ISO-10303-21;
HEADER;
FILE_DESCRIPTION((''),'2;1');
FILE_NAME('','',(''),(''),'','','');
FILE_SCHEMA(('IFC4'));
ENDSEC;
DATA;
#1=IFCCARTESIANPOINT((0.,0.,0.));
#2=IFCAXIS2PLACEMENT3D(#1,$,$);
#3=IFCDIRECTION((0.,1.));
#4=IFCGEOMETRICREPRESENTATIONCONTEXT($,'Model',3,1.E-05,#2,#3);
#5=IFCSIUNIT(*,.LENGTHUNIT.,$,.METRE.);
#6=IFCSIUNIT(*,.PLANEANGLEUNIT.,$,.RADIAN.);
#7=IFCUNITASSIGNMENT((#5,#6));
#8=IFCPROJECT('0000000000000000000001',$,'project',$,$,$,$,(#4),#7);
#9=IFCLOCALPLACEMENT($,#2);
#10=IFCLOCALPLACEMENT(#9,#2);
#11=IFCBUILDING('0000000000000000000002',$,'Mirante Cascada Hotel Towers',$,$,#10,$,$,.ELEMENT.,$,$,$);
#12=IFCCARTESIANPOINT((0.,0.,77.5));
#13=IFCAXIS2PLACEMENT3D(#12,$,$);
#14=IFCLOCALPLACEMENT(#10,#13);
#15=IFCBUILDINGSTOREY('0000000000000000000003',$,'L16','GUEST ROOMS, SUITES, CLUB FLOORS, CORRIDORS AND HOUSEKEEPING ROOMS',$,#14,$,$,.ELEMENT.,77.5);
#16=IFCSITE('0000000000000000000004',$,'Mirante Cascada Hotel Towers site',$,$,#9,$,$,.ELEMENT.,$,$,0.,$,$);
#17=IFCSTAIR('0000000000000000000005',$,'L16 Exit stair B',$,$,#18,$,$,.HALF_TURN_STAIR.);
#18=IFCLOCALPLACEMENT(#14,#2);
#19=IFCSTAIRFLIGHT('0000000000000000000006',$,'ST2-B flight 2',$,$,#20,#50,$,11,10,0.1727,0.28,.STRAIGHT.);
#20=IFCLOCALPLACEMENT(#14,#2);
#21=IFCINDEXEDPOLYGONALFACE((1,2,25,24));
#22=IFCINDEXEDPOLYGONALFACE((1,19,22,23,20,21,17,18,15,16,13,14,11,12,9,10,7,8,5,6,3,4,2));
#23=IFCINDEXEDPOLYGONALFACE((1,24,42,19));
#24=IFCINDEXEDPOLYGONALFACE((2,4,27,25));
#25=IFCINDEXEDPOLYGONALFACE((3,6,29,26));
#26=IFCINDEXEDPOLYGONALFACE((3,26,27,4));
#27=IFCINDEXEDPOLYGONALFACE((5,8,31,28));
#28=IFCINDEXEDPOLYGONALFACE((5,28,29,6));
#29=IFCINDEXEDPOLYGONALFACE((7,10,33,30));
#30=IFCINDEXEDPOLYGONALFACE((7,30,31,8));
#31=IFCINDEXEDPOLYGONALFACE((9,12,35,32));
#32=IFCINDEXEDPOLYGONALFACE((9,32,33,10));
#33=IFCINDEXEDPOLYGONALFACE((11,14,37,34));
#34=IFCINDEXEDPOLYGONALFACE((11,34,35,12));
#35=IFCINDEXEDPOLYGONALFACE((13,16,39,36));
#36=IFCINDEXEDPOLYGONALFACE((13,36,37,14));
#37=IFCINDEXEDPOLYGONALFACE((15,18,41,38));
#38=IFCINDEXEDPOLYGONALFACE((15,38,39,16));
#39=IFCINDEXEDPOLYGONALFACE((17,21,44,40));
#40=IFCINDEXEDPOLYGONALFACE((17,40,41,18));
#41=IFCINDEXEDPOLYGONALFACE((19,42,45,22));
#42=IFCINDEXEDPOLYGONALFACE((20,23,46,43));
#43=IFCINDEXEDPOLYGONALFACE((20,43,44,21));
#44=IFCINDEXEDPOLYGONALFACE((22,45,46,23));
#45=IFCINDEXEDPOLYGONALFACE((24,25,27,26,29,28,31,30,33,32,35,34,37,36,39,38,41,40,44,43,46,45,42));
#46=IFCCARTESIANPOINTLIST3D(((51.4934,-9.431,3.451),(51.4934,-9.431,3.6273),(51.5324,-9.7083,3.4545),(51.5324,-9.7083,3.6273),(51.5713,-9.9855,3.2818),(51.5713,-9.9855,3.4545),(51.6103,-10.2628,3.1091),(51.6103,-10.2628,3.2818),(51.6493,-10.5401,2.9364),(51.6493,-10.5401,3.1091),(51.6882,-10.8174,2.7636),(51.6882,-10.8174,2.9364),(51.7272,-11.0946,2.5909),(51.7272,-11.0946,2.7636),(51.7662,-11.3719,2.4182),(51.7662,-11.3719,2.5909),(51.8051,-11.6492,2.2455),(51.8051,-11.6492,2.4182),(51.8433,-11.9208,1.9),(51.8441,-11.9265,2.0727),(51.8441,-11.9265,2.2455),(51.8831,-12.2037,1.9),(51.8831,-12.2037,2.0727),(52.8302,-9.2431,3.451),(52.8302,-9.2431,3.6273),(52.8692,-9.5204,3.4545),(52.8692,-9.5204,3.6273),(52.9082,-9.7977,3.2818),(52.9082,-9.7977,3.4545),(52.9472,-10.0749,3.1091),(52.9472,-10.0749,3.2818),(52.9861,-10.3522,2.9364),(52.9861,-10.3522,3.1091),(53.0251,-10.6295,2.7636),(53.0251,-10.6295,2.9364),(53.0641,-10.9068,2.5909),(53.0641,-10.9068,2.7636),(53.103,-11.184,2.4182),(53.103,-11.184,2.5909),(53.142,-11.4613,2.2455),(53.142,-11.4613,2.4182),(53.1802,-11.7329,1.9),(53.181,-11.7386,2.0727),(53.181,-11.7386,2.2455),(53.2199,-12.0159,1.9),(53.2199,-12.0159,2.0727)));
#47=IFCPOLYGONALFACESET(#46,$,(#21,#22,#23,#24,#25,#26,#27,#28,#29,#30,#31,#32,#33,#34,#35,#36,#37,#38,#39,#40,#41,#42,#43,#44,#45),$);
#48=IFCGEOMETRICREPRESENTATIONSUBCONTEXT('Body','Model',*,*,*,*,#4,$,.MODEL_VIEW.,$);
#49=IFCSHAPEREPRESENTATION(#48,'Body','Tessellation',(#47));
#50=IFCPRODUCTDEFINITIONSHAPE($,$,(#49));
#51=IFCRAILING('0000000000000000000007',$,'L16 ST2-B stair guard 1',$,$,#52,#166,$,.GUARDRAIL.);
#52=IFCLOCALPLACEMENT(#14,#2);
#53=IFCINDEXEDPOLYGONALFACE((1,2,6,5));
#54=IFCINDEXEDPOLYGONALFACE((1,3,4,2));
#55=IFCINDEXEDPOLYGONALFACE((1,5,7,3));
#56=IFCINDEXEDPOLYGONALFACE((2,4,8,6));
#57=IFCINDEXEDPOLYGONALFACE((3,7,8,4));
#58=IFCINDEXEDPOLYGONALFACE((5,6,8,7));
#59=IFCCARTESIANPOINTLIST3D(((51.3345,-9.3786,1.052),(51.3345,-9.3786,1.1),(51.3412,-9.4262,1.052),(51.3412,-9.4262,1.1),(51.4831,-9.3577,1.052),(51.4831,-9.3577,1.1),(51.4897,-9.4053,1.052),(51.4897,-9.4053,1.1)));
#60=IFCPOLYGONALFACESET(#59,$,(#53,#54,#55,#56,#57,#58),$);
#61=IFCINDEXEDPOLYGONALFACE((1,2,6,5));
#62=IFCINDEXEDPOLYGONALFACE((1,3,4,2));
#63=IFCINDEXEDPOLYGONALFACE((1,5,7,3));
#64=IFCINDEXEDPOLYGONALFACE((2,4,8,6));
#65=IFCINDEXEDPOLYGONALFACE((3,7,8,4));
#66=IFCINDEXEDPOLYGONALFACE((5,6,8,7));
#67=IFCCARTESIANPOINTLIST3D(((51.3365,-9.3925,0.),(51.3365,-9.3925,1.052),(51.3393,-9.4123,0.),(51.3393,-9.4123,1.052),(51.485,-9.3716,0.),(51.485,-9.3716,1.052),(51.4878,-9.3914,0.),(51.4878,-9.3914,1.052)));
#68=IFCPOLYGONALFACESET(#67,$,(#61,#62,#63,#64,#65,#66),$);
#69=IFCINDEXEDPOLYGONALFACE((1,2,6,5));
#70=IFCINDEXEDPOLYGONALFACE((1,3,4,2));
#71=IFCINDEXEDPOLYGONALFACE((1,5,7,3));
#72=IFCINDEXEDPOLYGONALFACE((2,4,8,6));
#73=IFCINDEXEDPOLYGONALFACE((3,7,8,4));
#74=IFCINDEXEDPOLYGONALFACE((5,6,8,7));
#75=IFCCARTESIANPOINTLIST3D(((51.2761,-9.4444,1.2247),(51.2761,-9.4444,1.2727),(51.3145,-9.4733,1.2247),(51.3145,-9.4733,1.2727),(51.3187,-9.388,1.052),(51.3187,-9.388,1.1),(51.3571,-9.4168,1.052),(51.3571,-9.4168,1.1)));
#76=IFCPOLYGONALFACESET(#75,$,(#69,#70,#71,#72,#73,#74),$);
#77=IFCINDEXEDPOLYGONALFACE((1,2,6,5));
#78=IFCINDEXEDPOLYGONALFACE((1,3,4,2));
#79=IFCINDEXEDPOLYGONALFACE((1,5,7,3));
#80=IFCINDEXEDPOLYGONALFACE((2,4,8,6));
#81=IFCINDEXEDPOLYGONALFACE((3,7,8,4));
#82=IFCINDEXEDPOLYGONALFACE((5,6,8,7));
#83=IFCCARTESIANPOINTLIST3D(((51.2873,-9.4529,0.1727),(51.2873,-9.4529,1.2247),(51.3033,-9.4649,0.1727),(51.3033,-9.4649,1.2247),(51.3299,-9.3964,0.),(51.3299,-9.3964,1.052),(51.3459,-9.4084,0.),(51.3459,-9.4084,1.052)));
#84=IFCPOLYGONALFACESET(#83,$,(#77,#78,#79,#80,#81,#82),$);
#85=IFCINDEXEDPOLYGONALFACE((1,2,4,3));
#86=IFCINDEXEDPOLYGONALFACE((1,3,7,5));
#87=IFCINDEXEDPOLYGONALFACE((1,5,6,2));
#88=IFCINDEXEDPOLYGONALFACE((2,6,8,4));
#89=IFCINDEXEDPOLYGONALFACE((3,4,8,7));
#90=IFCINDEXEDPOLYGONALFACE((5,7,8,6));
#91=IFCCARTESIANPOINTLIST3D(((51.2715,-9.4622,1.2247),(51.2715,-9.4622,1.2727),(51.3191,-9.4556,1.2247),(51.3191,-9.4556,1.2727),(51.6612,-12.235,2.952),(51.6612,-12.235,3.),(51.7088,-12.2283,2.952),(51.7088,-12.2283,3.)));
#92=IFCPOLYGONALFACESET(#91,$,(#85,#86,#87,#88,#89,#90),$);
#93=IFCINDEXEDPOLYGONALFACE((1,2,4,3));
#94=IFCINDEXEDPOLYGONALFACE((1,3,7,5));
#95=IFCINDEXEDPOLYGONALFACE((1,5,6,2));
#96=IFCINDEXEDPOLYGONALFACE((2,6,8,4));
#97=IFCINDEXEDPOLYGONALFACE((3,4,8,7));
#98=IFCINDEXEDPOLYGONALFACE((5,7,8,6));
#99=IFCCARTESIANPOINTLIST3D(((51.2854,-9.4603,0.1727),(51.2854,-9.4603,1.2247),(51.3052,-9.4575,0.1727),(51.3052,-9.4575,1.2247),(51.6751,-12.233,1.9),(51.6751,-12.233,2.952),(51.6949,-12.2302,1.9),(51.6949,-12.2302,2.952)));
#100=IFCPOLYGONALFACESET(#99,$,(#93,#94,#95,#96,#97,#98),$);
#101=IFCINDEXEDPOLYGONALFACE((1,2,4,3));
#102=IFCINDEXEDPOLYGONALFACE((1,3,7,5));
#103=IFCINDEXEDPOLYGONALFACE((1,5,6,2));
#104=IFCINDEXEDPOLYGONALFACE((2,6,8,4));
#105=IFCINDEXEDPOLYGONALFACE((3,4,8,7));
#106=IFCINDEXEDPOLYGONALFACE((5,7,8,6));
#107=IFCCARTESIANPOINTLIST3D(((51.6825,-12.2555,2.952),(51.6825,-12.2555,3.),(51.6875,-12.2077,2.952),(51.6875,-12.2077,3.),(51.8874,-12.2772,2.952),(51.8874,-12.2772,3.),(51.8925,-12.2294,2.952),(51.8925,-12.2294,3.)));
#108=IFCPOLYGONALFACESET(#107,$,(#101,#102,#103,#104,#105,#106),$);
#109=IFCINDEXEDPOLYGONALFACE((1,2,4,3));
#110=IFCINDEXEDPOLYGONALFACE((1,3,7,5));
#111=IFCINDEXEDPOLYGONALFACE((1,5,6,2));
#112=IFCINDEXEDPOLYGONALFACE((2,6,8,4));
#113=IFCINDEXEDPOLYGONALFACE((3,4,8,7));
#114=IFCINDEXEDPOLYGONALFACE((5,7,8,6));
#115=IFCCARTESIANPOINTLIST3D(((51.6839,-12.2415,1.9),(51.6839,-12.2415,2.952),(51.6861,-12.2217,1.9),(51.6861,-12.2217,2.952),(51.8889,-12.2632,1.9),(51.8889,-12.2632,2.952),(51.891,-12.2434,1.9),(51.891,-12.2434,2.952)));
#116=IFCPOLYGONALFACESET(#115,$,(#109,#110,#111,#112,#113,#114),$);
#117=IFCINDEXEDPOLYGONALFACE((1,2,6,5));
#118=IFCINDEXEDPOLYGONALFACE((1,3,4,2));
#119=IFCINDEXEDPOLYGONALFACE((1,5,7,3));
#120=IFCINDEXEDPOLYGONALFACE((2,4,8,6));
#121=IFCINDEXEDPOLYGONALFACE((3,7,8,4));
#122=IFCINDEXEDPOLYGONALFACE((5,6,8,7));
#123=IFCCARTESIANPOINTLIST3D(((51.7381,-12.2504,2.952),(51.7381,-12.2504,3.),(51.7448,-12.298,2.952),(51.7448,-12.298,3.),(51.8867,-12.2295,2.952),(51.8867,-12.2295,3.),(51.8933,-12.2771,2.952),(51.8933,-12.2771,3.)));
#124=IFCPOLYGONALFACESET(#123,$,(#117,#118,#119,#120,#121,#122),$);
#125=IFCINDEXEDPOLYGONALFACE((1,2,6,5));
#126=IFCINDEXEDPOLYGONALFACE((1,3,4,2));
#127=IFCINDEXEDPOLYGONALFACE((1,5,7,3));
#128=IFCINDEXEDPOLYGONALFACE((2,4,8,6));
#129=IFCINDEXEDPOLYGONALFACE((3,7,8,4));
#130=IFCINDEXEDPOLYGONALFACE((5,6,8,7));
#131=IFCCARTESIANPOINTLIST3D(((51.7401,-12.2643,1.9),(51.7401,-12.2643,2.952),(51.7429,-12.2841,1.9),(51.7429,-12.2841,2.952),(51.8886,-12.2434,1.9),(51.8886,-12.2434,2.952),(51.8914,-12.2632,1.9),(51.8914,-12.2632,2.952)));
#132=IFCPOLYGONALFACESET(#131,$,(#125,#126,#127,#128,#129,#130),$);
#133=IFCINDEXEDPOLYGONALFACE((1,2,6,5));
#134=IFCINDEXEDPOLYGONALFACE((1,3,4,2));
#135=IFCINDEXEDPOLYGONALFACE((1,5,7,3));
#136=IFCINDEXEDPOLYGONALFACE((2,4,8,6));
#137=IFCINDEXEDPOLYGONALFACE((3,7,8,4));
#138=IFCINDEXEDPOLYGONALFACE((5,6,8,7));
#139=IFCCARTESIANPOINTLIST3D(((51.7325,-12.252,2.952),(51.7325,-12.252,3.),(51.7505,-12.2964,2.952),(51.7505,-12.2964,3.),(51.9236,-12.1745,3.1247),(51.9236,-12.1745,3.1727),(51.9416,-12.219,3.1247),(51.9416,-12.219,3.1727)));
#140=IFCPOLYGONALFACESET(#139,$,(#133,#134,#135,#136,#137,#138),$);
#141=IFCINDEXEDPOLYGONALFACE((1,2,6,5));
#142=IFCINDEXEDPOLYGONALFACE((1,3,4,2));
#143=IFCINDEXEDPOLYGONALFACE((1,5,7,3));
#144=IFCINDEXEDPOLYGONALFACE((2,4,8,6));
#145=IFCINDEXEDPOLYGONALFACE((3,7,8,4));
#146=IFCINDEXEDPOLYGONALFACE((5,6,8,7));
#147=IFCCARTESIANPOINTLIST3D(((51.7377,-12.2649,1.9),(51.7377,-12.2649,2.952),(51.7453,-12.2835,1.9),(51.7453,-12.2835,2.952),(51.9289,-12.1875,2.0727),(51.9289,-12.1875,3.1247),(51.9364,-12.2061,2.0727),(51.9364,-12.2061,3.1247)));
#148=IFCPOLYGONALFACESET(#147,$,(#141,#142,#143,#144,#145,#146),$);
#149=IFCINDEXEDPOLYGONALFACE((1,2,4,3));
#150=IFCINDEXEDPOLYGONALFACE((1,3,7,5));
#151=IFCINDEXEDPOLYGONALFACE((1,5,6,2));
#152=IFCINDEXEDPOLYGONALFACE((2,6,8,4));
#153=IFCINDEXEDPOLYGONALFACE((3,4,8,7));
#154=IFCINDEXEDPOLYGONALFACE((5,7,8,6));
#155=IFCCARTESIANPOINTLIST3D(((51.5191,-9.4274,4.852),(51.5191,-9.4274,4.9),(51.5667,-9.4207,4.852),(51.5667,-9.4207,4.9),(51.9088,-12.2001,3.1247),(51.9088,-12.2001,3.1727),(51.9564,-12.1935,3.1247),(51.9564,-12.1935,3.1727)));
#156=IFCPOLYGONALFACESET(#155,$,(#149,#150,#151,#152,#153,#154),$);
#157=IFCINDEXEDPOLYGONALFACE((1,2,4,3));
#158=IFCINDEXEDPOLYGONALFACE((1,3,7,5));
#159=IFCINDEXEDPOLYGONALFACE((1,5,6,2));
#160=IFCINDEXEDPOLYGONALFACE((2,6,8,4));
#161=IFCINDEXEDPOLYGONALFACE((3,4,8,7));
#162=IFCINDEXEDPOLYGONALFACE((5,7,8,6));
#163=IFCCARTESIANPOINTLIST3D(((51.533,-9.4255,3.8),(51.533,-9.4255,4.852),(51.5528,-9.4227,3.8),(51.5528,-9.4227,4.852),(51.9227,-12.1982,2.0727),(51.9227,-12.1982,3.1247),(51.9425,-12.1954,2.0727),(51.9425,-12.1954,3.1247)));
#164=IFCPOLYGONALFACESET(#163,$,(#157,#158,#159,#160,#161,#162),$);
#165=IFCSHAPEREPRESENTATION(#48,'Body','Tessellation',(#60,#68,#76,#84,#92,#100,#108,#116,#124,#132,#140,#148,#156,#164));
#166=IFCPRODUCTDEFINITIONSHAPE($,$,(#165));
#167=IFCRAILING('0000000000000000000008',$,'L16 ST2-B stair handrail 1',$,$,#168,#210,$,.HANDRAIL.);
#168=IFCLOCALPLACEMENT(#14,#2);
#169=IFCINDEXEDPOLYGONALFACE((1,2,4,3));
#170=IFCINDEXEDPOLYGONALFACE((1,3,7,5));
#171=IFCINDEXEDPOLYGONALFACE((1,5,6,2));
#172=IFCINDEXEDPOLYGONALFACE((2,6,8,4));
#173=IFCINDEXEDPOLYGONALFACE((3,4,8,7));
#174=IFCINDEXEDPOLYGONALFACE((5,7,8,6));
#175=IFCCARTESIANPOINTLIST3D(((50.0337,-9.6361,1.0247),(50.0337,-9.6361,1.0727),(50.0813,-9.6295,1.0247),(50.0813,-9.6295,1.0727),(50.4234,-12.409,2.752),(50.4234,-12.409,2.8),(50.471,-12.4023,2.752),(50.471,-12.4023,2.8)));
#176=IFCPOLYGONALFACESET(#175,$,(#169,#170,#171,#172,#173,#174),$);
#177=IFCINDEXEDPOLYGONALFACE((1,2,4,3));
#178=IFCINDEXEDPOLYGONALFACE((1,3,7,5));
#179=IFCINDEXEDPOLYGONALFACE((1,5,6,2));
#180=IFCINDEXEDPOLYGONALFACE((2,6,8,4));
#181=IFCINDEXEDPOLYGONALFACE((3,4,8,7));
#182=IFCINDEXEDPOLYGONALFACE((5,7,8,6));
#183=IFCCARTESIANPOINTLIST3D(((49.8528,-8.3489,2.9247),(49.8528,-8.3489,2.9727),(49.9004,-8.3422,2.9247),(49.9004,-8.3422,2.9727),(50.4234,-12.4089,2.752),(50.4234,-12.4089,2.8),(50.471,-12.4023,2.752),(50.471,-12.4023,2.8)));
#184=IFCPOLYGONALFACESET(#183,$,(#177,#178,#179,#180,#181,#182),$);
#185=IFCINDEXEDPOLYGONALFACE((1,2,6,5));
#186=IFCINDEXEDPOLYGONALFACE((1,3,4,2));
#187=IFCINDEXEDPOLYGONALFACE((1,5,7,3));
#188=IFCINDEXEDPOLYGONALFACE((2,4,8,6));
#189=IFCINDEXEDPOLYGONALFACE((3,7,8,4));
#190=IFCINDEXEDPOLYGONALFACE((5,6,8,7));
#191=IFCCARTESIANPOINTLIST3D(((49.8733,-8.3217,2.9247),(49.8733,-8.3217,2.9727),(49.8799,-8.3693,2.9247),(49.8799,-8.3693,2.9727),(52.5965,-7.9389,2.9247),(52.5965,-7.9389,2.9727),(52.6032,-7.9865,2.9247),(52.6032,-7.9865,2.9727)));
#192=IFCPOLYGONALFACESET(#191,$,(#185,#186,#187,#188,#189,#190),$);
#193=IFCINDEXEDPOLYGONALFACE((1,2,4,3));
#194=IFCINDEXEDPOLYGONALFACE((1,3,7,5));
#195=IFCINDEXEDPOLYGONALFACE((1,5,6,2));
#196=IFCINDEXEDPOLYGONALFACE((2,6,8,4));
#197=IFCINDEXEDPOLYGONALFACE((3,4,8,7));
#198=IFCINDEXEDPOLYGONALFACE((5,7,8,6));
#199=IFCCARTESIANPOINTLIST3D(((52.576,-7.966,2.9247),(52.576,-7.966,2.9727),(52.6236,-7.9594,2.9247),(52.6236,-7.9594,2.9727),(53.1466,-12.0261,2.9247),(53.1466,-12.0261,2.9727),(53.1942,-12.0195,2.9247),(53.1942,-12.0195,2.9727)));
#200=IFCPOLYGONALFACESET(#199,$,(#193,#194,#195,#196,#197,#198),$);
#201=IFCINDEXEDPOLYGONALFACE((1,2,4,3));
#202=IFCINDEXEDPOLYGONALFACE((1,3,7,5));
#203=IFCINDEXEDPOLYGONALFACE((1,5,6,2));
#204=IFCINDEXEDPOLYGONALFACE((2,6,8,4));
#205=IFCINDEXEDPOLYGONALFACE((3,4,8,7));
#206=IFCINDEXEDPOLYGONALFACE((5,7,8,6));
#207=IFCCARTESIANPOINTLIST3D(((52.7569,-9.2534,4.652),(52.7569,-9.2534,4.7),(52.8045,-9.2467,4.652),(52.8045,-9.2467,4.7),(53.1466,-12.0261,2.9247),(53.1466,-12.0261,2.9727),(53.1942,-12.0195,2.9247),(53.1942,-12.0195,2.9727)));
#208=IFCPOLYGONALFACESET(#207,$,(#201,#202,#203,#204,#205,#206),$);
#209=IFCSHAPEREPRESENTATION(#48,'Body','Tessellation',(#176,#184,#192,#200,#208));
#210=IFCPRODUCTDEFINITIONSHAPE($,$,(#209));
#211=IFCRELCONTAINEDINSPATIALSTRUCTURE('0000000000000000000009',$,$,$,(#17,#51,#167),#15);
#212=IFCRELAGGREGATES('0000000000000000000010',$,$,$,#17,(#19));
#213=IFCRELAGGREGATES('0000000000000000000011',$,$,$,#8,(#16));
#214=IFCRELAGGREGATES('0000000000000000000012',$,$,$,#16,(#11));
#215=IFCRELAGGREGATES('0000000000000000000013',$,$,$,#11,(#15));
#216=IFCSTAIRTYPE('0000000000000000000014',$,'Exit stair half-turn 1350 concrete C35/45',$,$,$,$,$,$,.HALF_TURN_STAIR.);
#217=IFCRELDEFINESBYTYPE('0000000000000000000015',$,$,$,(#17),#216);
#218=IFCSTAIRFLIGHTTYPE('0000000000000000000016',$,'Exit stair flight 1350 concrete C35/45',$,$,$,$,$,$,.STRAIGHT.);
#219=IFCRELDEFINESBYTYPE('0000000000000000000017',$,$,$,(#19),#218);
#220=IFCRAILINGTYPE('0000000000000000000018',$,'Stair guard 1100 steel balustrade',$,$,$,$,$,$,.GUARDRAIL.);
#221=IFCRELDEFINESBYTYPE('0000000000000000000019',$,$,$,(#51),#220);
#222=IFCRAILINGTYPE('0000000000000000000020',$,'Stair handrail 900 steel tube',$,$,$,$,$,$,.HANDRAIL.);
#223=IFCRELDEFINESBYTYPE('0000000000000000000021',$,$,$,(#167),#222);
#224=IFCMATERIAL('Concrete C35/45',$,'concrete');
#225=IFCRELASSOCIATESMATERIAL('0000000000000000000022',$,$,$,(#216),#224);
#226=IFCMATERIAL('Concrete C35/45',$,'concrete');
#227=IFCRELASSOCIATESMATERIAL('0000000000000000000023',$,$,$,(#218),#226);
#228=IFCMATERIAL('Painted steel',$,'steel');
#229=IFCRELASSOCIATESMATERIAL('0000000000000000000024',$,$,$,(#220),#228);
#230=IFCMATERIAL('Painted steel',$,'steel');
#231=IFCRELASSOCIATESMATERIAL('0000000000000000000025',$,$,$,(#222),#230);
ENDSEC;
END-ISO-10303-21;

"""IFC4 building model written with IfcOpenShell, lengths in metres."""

from ifc_helpers import new_model, si_unit, direction, frame, origin, origin_2d, place, context, subcontext, project, spatial, polyline, rectangle, outline, extrude, material, type_object, element, aggregate, save


model = new_model("IFC4")

# Units and contexts
model_context = context("Model", 3, precision=1e-05, world=origin(), true_north=direction((0.0, 1.0)))
body_context = subcontext(model_context, "Body", "Model", "MODEL_VIEW")
ifc_project = project(units=[si_unit("LENGTHUNIT", "METRE"), si_unit("PLANEANGLEUNIT", "RADIAN")], contexts=[model_context])

# Site, building, storey
site_placement = place(None, origin())
site = spatial("IfcSite", under=ifc_project, at=site_placement, Name="Mirante Cascada Hotel Towers site", CompositionType="ELEMENT", RefElevation=0.0)
building_placement = place(site_placement, origin())
building = spatial("IfcBuilding", under=site, at=building_placement, Name="Mirante Cascada Hotel Towers", CompositionType="ELEMENT")
storey_placement = place(building_placement, frame((0.0, 0.0, 77.5)))
storey = spatial("IfcBuildingStorey", under=building, at=storey_placement, Name="L16", Description="GUEST ROOMS, SUITES, CLUB FLOORS, CORRIDORS AND HOUSEKEEPING ROOMS", CompositionType="ELEMENT", Elevation=77.5)

# Stair, stair flight
ifc_material_1 = material(Name="Concrete C35/45", Category="concrete")
stair_type = type_object("IfcStairType", Name="Exit stair half-turn 1350 concrete C35/45", PredefinedType="HALF_TURN_STAIR", material=ifc_material_1)
stair_placement = place(storey_placement, origin())
stair = element("IfcStair", 1, at=stair_placement, inside=storey, type_object=stair_type, Name="L16 Exit stair B", PredefinedType="HALF_TURN_STAIR")
ifc_material_2 = material(Name="Concrete C35/45", Category="concrete")
stair_flight_type = type_object("IfcStairFlightType", Name="Exit stair flight 1350 concrete C35/45", PredefinedType="STRAIGHT", material=ifc_material_2)
stair_flight_1_placement = place(storey_placement, frame((52.5515, -12.1098, 1.9), z_axis=(0.0, 0.0, 1.0), x_axis=(-0.139173, 0.990268, 0.0)))
stair_flight_1 = element("IfcStairFlight", 2, at=stair_flight_1_placement, type_object=stair_flight_type, Name="ST2-B flight 2", NumberOfRisers=11, NumberOfTreads=10, PredefinedType="STRAIGHT", RiserHeight=0.1727, TreadLength=0.28, context=body_context, shape_type="SweptSolid", body=[
    extrude(outline(polyline([(0.0, 0.0), (0.0, 0.1727), (0.28, 0.1727), (0.28, 0.3455), (0.56, 0.3455), (0.56, 0.5182), (0.84, 0.5182), (0.84, 0.6909), (1.12, 0.6909), (1.12, 0.8636), (1.4, 0.8636), (1.4, 1.0364), (1.68, 1.0364), (1.68, 1.2091), (1.96, 1.2091), (1.96, 1.3818), (2.24, 1.3818), (2.24, 1.5545), (2.52, 1.5545), (2.52, 1.7273), (2.8, 1.7273), (2.8, 1.9), (2.8, 1.551), (0.2857, 0.0), (0.0, 0.0)])), frame((0.0, 0.675, 0.0), z_axis=(0.0, -1.0, 0.0), x_axis=(1.0, 0.0, 0.0)), (0.0, 0.0, 1.0), 1.35),
])
aggregate(stair, [stair_flight_1])

# Railings
ifc_material_3 = material(Name="Painted steel", Category="steel")
railing_type_1 = type_object("IfcRailingType", Name="Stair guard 1100 steel balustrade", PredefinedType="GUARDRAIL", material=ifc_material_3)
railing_1_placement = place(storey_placement, frame((51.4864, -9.3815, 0.0)))
element("IfcRailing", 3, at=railing_1_placement, inside=storey, type_object=railing_type_1, Name="L16 ST2-B stair guard 1", PredefinedType="GUARDRAIL", context=body_context, shape_type="SweptSolid", body=[
    extrude(rectangle(XDim=0.048, YDim=0.048, at=origin_2d()), frame((0.0, 0.0, 1.076), z_axis=(-0.990241, -0.139367, 0.0), x_axis=(0.139367, -0.990241, 0.0)), (0.0, 0.0, 1.0), 0.15),
    extrude(rectangle(XDim=0.02, YDim=1.052, at=origin_2d()), frame((0.0, 0.0, 0.526), z_axis=(-0.990241, -0.139367, 0.0), x_axis=(0.139367, -0.990241, 0.0)), (0.0, 0.0, 1.0), 0.15),
    extrude(rectangle(XDim=0.048, YDim=0.048, at=origin_2d()), frame((-0.1485, -0.0209, 1.076), z_axis=(-0.602033, -0.798471, 0.0), x_axis=(0.798471, -0.602033, 0.0)), (0.0, 0.92534, 0.379139), 0.1866),
    extrude(rectangle(XDim=0.02, YDim=1.052, at=origin_2d()), frame((-0.1485, -0.0209, 0.526), z_axis=(-0.602033, -0.798471, 0.0), x_axis=(0.798471, -0.602033, 0.0)), (0.0, 0.92534, 0.379139), 0.1866),
    extrude(rectangle(XDim=0.048, YDim=0.048, at=origin_2d()), frame((-0.1911, -0.0774, 1.2487), z_axis=(0.139181, -0.990267, 0.0), x_axis=(0.990267, 0.139181, 0.0)), (0.0, 0.525035, 0.851081), 3.2899),
    extrude(rectangle(XDim=0.02, YDim=1.052, at=origin_2d()), frame((-0.1911, -0.0774, 0.6987), z_axis=(0.139181, -0.990267, 0.0), x_axis=(0.990267, 0.139181, 0.0)), (0.0, 0.525035, 0.851081), 3.2899),
    extrude(rectangle(XDim=0.048, YDim=0.048, at=origin_2d()), frame((0.1986, -2.8501, 2.976), z_axis=(0.994444, -0.105266, 0.0), x_axis=(0.105266, 0.994444, 0.0)), (0.0, 0.0, 1.0), 0.2061),
    extrude(rectangle(XDim=0.02, YDim=1.052, at=origin_2d()), frame((0.1986, -2.8501, 2.426), z_axis=(0.994444, -0.105266, 0.0), x_axis=(0.105266, 0.994444, 0.0)), (0.0, 0.0, 1.0), 0.2061),
    extrude(rectangle(XDim=0.048, YDim=0.048, at=origin_2d()), frame((0.4036, -2.8718, 2.976), z_axis=(-0.990241, -0.139367, 0.0), x_axis=(0.139367, -0.990241, 0.0)), (0.0, 0.0, 1.0), 0.15),
    extrude(rectangle(XDim=0.02, YDim=1.052, at=origin_2d()), frame((0.4036, -2.8718, 2.426), z_axis=(-0.990241, -0.139367, 0.0), x_axis=(0.139367, -0.990241, 0.0)), (0.0, 0.0, 1.0), 0.15),
    extrude(rectangle(XDim=0.048, YDim=0.048, at=origin_2d()), frame((0.2551, -2.8927, 2.976), z_axis=(0.926862, 0.375401, 0.0), x_axis=(-0.375401, 0.926862, 0.0)), (0.0, 0.642122, 0.766603), 0.269),
    extrude(rectangle(XDim=0.02, YDim=1.052, at=origin_2d()), frame((0.2551, -2.8927, 2.426), z_axis=(0.926862, 0.375401, 0.0), x_axis=(-0.375401, 0.926862, 0.0)), (0.0, 0.642122, 0.766603), 0.269),
    extrude(rectangle(XDim=0.048, YDim=0.048, at=origin_2d()), frame((0.4462, -2.8153, 3.1487), z_axis=(-0.139181, 0.990267, 0.0), x_axis=(-0.990267, -0.139181, 0.0)), (0.0, 0.525035, 0.851081), 3.2899),
    extrude(rectangle(XDim=0.02, YDim=1.052, at=origin_2d()), frame((0.4462, -2.8153, 2.5987), z_axis=(-0.139181, 0.990267, 0.0), x_axis=(-0.990267, -0.139181, 0.0)), (0.0, 0.525035, 0.851081), 3.2899),
])
ifc_material_4 = material(Name="Painted steel", Category="steel")
railing_type_2 = type_object("IfcRailingType", Name="Stair handrail 900 steel tube", PredefinedType="HANDRAIL", material=ifc_material_4)
railing_2_placement = place(storey_placement, frame((50.0575, -9.6328, 0.1727)))
element("IfcRailing", 4, at=railing_2_placement, inside=storey, type_object=railing_type_2, Name="L16 ST2-B stair handrail 1", PredefinedType="HANDRAIL", context=body_context, shape_type="SweptSolid", body=[
    extrude(rectangle(XDim=0.048, YDim=0.048, at=origin_2d()), frame((0.0, 0.0, 0.876), z_axis=(0.139176, -0.990268, 0.0), x_axis=(0.990268, 0.139176, 0.0)), (0.0, 0.525021, 0.851089), 3.29),
    extrude(rectangle(XDim=0.048, YDim=0.048, at=origin_2d()), frame((0.3897, -2.7728, 2.6033), z_axis=(-0.139171, 0.990268, 0.0), x_axis=(-0.990268, -0.139171, 0.0)), (0.0, 0.042085, 0.999114), 4.1036),
    extrude(rectangle(XDim=0.048, YDim=0.048, at=origin_2d()), frame((-0.1809, 1.2873, 2.776), z_axis=(0.990264, 0.139201, 0.0), x_axis=(-0.139201, 0.990264, 0.0)), (0.0, 0.0, 1.0), 2.75),
    extrude(rectangle(XDim=0.048, YDim=0.048, at=origin_2d()), frame((2.5423, 1.6701, 2.776), z_axis=(0.139171, -0.990268, 0.0), x_axis=(0.990268, 0.139171, 0.0)), (0.0, 0.0, 1.0), 4.1),
    extrude(rectangle(XDim=0.048, YDim=0.048, at=origin_2d()), frame((3.1129, -2.39, 2.776), z_axis=(-0.139181, 0.990267, 0.0), x_axis=(-0.990267, -0.139181, 0.0)), (0.0, 0.525035, 0.851081), 3.2899),
])

save(model, "model.ifc")
